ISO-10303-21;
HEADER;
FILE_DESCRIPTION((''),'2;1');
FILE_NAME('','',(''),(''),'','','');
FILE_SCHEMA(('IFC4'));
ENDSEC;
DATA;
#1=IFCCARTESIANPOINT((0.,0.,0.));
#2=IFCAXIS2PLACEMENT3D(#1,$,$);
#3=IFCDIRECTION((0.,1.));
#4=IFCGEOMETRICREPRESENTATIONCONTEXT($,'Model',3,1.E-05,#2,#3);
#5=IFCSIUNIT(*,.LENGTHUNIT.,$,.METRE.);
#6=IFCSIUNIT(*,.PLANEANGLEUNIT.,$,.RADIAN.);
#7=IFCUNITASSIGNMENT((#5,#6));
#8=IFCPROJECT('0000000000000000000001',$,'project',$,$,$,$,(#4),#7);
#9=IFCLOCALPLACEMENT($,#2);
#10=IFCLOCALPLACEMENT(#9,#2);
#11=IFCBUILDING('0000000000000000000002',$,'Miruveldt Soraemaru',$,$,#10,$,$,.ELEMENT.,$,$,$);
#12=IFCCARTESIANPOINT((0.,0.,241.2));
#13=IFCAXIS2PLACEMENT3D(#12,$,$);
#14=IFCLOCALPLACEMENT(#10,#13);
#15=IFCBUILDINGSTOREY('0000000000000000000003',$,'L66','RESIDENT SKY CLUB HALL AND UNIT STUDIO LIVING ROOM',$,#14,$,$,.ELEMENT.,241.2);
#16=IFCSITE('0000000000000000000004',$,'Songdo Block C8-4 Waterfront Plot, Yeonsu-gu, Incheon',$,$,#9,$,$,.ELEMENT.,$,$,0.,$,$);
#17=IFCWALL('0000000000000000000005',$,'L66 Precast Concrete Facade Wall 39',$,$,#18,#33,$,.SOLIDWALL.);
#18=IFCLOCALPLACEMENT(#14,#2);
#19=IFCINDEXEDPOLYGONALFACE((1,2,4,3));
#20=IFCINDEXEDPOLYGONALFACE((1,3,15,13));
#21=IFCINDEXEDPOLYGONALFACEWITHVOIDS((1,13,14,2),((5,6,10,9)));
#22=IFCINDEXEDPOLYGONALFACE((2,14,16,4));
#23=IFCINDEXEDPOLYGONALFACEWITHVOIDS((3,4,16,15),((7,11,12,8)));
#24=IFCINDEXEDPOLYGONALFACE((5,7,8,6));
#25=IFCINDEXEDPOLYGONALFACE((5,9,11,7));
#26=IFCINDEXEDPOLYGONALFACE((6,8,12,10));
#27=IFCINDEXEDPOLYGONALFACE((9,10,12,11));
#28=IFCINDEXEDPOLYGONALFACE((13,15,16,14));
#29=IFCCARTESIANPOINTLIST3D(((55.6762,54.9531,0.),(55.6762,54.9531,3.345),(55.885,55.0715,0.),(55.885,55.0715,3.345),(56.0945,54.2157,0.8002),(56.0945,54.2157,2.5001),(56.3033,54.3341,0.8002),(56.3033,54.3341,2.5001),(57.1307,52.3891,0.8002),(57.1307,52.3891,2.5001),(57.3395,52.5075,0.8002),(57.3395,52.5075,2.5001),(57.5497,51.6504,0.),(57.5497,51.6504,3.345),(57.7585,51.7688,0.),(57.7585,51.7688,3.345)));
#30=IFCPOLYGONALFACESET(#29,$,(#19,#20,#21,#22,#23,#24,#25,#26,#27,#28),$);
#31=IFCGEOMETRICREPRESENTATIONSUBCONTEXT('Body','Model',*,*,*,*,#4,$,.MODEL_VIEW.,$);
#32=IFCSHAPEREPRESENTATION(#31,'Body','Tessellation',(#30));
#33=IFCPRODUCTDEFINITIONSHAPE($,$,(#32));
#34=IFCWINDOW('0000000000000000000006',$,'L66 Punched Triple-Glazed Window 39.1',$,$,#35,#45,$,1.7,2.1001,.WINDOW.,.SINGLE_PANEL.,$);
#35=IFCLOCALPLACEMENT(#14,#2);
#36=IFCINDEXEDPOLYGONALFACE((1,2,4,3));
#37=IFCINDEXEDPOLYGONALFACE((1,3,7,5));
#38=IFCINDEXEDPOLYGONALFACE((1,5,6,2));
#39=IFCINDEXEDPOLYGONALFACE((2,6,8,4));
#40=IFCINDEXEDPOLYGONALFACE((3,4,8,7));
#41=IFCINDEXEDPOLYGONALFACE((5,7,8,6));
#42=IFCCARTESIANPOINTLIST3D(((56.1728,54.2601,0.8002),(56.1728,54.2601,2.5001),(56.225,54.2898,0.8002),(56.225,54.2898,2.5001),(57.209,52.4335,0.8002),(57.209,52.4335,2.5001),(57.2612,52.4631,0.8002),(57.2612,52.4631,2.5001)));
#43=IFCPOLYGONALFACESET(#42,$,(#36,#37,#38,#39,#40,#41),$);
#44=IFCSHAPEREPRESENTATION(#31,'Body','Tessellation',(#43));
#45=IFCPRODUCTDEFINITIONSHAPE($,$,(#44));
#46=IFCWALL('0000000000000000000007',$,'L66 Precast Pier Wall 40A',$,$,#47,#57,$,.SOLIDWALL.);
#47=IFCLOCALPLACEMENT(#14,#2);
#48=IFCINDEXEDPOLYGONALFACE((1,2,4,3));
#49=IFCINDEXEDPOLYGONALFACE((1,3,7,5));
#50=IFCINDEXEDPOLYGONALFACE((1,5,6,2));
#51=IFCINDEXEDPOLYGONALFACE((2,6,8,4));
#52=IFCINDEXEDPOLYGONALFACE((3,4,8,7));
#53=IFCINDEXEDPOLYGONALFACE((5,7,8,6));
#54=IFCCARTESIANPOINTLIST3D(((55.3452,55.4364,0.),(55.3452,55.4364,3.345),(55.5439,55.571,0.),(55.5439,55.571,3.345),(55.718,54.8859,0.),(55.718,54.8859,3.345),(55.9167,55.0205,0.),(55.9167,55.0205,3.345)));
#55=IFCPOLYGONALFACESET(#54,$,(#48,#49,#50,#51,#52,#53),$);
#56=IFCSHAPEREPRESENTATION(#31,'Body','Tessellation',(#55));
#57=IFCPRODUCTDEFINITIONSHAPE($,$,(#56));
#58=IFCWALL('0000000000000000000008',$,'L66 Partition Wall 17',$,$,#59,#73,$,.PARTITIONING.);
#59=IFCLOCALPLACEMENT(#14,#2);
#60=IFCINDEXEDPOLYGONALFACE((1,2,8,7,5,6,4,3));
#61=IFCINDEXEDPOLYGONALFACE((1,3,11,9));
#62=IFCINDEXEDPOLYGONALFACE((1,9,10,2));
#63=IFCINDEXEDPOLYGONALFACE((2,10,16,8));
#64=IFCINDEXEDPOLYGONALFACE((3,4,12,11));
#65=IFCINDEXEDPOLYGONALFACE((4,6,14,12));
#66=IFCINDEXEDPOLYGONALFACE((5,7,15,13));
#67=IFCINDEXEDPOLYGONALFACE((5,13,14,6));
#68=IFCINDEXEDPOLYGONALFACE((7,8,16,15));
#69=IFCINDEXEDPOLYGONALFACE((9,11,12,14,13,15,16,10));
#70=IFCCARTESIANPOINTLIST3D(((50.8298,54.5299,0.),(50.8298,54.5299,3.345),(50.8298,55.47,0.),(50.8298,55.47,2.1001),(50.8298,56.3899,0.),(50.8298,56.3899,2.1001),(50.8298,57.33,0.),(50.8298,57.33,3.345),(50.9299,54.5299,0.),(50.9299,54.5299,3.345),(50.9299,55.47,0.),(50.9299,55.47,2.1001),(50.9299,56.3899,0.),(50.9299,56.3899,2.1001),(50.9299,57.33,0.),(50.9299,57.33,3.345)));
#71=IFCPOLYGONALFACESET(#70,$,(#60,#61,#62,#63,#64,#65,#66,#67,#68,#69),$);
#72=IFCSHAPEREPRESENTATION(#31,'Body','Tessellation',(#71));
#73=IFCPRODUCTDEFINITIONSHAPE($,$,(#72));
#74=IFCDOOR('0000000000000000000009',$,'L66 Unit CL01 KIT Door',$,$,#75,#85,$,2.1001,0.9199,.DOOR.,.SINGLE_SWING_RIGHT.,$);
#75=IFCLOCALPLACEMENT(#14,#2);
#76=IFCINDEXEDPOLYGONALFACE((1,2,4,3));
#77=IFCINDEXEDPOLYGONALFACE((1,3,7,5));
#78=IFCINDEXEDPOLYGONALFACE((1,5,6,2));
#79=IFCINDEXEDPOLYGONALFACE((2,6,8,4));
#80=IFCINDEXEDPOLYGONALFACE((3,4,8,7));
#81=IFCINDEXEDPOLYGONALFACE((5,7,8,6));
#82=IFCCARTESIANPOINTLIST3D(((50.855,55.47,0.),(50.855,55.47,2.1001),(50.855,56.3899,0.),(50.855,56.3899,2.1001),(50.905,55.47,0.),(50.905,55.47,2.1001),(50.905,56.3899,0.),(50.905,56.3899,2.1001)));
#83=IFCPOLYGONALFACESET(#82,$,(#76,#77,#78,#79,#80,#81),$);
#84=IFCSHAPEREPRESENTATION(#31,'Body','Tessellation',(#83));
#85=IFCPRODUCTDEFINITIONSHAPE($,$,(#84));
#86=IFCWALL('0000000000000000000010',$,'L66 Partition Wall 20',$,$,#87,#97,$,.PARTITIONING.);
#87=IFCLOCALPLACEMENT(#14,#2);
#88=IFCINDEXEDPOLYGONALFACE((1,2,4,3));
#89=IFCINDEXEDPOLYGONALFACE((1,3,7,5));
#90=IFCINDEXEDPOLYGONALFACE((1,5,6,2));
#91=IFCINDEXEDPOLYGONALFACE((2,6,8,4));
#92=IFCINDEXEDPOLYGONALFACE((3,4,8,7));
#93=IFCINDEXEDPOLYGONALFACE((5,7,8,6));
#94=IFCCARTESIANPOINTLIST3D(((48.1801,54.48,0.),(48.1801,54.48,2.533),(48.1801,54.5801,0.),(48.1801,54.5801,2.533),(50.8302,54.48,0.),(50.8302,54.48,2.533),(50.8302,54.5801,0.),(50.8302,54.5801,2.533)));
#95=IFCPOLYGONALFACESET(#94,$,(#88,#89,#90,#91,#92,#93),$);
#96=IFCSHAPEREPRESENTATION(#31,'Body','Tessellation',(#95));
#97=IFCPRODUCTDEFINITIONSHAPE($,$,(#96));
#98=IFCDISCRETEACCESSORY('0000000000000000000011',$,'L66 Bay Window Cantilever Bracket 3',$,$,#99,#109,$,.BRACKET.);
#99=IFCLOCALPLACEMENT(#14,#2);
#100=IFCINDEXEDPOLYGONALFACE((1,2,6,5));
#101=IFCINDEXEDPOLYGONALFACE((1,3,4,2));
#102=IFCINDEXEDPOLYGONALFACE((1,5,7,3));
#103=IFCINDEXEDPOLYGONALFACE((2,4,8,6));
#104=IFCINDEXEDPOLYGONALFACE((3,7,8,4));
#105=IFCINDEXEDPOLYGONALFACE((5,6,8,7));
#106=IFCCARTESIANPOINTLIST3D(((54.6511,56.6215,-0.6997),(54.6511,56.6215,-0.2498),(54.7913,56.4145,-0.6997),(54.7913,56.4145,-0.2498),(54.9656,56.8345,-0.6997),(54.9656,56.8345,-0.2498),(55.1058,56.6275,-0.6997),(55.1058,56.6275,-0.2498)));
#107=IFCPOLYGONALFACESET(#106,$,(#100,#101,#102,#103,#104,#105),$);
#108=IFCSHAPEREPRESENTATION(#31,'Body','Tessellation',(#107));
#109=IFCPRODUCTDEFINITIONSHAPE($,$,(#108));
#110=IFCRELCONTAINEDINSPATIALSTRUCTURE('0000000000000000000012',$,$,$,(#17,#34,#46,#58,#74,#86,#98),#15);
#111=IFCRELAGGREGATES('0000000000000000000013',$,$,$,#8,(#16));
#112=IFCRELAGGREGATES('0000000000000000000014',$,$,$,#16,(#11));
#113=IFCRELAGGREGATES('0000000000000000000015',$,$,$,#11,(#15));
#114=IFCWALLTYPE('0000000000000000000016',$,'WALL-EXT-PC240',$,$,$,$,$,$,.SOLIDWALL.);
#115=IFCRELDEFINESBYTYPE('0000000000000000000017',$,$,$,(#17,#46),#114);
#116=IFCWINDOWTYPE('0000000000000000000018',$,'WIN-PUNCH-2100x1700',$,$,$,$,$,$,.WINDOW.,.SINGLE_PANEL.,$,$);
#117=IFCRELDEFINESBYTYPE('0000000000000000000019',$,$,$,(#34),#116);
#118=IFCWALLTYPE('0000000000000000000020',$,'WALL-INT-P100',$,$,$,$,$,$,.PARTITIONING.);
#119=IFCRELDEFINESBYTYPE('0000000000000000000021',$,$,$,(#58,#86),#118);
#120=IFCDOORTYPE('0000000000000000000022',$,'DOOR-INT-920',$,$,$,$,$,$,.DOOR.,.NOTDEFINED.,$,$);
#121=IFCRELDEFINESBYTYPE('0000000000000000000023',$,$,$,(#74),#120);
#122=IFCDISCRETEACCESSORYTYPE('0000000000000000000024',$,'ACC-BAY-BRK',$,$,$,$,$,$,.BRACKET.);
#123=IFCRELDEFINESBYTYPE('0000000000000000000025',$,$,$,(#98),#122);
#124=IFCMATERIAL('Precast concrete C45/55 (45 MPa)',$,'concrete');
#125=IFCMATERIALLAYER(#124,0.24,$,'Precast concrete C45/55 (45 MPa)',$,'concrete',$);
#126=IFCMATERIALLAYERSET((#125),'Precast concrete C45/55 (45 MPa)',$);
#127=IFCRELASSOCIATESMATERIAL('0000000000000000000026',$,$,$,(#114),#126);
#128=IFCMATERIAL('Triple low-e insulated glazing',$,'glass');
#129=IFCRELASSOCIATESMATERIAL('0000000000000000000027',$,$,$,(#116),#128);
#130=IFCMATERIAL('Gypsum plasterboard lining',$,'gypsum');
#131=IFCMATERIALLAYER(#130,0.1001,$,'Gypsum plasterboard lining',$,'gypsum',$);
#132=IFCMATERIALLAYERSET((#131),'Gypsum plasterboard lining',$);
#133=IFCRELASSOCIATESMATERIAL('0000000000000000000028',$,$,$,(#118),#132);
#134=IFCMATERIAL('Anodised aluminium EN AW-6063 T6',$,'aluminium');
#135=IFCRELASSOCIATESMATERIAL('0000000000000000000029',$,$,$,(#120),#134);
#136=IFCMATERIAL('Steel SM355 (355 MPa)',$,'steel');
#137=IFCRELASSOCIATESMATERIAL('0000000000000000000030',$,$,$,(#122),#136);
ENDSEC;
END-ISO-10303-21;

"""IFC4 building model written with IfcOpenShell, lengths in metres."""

from ifc_helpers import new_model, si_unit, direction, frame, frame_2d, origin, origin_2d, place, context, subcontext, project, spatial, rectangle, extrude, material, layer, layer_set, type_object, element, fill, save


model = new_model("IFC4")

# Units and contexts
model_context = context("Model", 3, precision=1e-05, world=origin(), true_north=direction((0.0, 1.0)))
body_context = subcontext(model_context, "Body", "Model", "MODEL_VIEW")
ifc_project = project(units=[si_unit("LENGTHUNIT", "METRE"), si_unit("PLANEANGLEUNIT", "RADIAN")], contexts=[model_context])

# Site, building, storey
site_placement = place(None, origin())
site = spatial("IfcSite", under=ifc_project, at=site_placement, Name="Songdo Block C8-4 Waterfront Plot, Yeonsu-gu, Incheon", CompositionType="ELEMENT", RefElevation=0.0)
building_placement = place(site_placement, origin())
building = spatial("IfcBuilding", under=site, at=building_placement, Name="Miruveldt Soraemaru", CompositionType="ELEMENT")
storey_placement = place(building_placement, frame((0.0, 0.0, 241.2)))
storey = spatial("IfcBuildingStorey", under=building, at=storey_placement, Name="L66", Description="RESIDENT SKY CLUB HALL AND UNIT STUDIO LIVING ROOM", CompositionType="ELEMENT", Elevation=241.2)

# Shared definitions
ifc_material_1 = material(Name="Triple low-e insulated glazing", Category="glass")

# Wall, opening, window
ifc_material_2 = material(Name="Precast concrete C45/55 (45 MPa)", Category="concrete")
ifc_layer_1 = layer(ifc_material_2, 0.24, Name="Precast concrete C45/55 (45 MPa)", Category="concrete")
ifc_layer_set_1 = layer_set([ifc_layer_1], Name="Precast concrete C45/55 (45 MPa)")
wall_type_1 = type_object("IfcWallType", Name="WALL-EXT-PC240", PredefinedType="SOLIDWALL", material=ifc_layer_set_1)
wall_1_placement = place(storey_placement, frame((57.6541, 51.7097, 0.0), z_axis=(0.0, 0.0, 1.0), x_axis=(-0.493408, 0.869798, 0.0)))
wall_1 = element("IfcWall", 1, at=wall_1_placement, inside=storey, type_object=wall_type_1, Name="L66 Precast Concrete Facade Wall 39", PredefinedType="SOLIDWALL", context=body_context, shape_type="SweptSolid", body=[
    extrude(rectangle(XDim=3.7971, YDim=0.24, at=frame_2d((1.8984, 0.0))), origin(), (0.0, 0.0, 1.0), 3.345),
])
opening_1_placement = place(wall_1_placement, frame((0.8491, 0.0, 0.8)))
opening_1 = element("IfcOpeningElement", 2, at=opening_1_placement, cuts=wall_1, PredefinedType="OPENING", context=body_context, shape_type="SweptSolid", body=[
    extrude(rectangle(XDim=2.1001, YDim=1.7, at=frame_2d((1.05, 0.8501))), frame((0.0, 0.1299, 0.0), z_axis=(0.0, -1.0, 0.0), x_axis=(1.0, 0.0, 0.0)), (0.0, 0.0, 1.0), 0.26),
])
window_type_1 = type_object("IfcWindowType", Name="WIN-PUNCH-2100x1700", PartitioningType="SINGLE_PANEL", PredefinedType="WINDOW", material=ifc_material_1)
window_1_placement = place(opening_1_placement, origin())
window_1 = element("IfcWindow", 3, at=window_1_placement, inside=storey, type_object=window_type_1, Name="L66 Punched Triple-Glazed Window 39.1", OverallHeight=1.7, OverallWidth=2.1001, PartitioningType="SINGLE_PANEL", PredefinedType="WINDOW", context=body_context, shape_type="SweptSolid", body=[
    extrude(rectangle(XDim=2.1001, YDim=1.7, at=frame_2d((1.05, 0.8501))), frame((0.0, 0.03, 0.0), z_axis=(0.0, -1.0, 0.0), x_axis=(1.0, 0.0, 0.0)), (0.0, 0.0, 1.0), 0.0601),
])
fill(opening_1, window_1)

# Wall
wall_2_placement = place(storey_placement, frame((55.8174, 54.9531, 0.0), z_axis=(0.0, 0.0, 1.0), x_axis=(-0.560702, 0.828018, 0.0)))
element("IfcWall", 4, at=wall_2_placement, inside=storey, type_object=wall_type_1, Name="L66 Precast Pier Wall 40A", PredefinedType="SOLIDWALL", context=body_context, shape_type="SweptSolid", body=[
    extrude(rectangle(XDim=0.6648, YDim=0.24, at=frame_2d((0.3325, 0.0))), origin(), (0.0, 0.0, 1.0), 3.345),
])

# Wall, opening, door
ifc_material_3 = material(Name="Gypsum plasterboard lining", Category="gypsum")
ifc_layer_2 = layer(ifc_material_3, 0.1001, Name="Gypsum plasterboard lining", Category="gypsum")
ifc_layer_set_2 = layer_set([ifc_layer_2], Name="Gypsum plasterboard lining")
wall_type_2 = type_object("IfcWallType", Name="WALL-INT-P100", PredefinedType="PARTITIONING", material=ifc_layer_set_2)
wall_3_placement = place(storey_placement, frame((50.8799, 54.53, 0.0), z_axis=(0.0, 0.0, 1.0), x_axis=(0.0, 1.0, 0.0)))
wall_3 = element("IfcWall", 5, at=wall_3_placement, inside=storey, type_object=wall_type_2, Name="L66 Partition Wall 17", PredefinedType="PARTITIONING", context=body_context, shape_type="SweptSolid", body=[
    extrude(rectangle(XDim=2.8, YDim=0.1001, at=frame_2d((1.3999, 0.0))), origin(), (0.0, 0.0, 1.0), 3.345),
])
opening_2_placement = place(wall_3_placement, frame((0.9399, 0.0, 0.0)))
opening_2 = element("IfcOpeningElement", 6, at=opening_2_placement, cuts=wall_3, PredefinedType="OPENING", context=body_context, shape_type="SweptSolid", body=[
    extrude(rectangle(XDim=0.9199, YDim=2.1001, at=frame_2d((0.46, 1.05))), frame((0.0, 0.0601, 0.0), z_axis=(0.0, -1.0, 0.0), x_axis=(1.0, 0.0, 0.0)), (0.0, 0.0, 1.0), 0.1201),
])
ifc_material_4 = material(Name="Anodised aluminium EN AW-6063 T6", Category="aluminium")
door_type = type_object("IfcDoorType", Name="DOOR-INT-920", OperationType="NOTDEFINED", PredefinedType="DOOR", material=ifc_material_4)
door_placement = place(opening_2_placement, origin())
door = element("IfcDoor", 7, at=door_placement, inside=storey, type_object=door_type, Name="L66 Unit CL01 KIT Door", OperationType="SINGLE_SWING_RIGHT", OverallHeight=2.1001, OverallWidth=0.9199, PredefinedType="DOOR", context=body_context, shape_type="SweptSolid", body=[
    extrude(rectangle(XDim=0.9199, YDim=2.1001, at=frame_2d((0.46, 1.05))), frame((0.0, 0.0249, 0.0), z_axis=(0.0, -1.0, 0.0), x_axis=(1.0, 0.0, 0.0)), (0.0, 0.0, 1.0), 0.05),
])
fill(opening_2, door)

# Wall
wall_4_placement = place(storey_placement, frame((48.1799, 54.53, 0.0), z_axis=(0.0, 0.0, 1.0), x_axis=(1.0, 0.0, 0.0)))
element("IfcWall", 8, at=wall_4_placement, inside=storey, type_object=wall_type_2, Name="L66 Partition Wall 20", PredefinedType="PARTITIONING", context=body_context, shape_type="SweptSolid", body=[
    extrude(rectangle(XDim=2.6501, YDim=0.1001, at=frame_2d((1.3252, 0.0))), origin(), (0.0, 0.0, 1.0), 2.533),
])

# Discrete accessory
ifc_material_5 = material(Name="Steel SM355 (355 MPa)", Category="steel")
discrete_accessory_type = type_object("IfcDiscreteAccessoryType", Name="ACC-BAY-BRK", PredefinedType="BRACKET", material=ifc_material_5)
discrete_accessory_placement = place(storey_placement, frame((54.8784, 56.6245, -0.6997), z_axis=(0.0, 0.0, 1.0), x_axis=(0.827923, 0.560841, 0.0)))
element("IfcDiscreteAccessory", 9, at=discrete_accessory_placement, inside=storey, type_object=discrete_accessory_type, Name="L66 Bay Window Cantilever Bracket 3", PredefinedType="BRACKET", context=body_context, shape_type="SweptSolid", body=[
    extrude(rectangle(XDim=0.3799, YDim=0.25, at=origin_2d()), origin(), (0.0, 0.0, 1.0), 0.45),
])

save(model, "model.ifc")
